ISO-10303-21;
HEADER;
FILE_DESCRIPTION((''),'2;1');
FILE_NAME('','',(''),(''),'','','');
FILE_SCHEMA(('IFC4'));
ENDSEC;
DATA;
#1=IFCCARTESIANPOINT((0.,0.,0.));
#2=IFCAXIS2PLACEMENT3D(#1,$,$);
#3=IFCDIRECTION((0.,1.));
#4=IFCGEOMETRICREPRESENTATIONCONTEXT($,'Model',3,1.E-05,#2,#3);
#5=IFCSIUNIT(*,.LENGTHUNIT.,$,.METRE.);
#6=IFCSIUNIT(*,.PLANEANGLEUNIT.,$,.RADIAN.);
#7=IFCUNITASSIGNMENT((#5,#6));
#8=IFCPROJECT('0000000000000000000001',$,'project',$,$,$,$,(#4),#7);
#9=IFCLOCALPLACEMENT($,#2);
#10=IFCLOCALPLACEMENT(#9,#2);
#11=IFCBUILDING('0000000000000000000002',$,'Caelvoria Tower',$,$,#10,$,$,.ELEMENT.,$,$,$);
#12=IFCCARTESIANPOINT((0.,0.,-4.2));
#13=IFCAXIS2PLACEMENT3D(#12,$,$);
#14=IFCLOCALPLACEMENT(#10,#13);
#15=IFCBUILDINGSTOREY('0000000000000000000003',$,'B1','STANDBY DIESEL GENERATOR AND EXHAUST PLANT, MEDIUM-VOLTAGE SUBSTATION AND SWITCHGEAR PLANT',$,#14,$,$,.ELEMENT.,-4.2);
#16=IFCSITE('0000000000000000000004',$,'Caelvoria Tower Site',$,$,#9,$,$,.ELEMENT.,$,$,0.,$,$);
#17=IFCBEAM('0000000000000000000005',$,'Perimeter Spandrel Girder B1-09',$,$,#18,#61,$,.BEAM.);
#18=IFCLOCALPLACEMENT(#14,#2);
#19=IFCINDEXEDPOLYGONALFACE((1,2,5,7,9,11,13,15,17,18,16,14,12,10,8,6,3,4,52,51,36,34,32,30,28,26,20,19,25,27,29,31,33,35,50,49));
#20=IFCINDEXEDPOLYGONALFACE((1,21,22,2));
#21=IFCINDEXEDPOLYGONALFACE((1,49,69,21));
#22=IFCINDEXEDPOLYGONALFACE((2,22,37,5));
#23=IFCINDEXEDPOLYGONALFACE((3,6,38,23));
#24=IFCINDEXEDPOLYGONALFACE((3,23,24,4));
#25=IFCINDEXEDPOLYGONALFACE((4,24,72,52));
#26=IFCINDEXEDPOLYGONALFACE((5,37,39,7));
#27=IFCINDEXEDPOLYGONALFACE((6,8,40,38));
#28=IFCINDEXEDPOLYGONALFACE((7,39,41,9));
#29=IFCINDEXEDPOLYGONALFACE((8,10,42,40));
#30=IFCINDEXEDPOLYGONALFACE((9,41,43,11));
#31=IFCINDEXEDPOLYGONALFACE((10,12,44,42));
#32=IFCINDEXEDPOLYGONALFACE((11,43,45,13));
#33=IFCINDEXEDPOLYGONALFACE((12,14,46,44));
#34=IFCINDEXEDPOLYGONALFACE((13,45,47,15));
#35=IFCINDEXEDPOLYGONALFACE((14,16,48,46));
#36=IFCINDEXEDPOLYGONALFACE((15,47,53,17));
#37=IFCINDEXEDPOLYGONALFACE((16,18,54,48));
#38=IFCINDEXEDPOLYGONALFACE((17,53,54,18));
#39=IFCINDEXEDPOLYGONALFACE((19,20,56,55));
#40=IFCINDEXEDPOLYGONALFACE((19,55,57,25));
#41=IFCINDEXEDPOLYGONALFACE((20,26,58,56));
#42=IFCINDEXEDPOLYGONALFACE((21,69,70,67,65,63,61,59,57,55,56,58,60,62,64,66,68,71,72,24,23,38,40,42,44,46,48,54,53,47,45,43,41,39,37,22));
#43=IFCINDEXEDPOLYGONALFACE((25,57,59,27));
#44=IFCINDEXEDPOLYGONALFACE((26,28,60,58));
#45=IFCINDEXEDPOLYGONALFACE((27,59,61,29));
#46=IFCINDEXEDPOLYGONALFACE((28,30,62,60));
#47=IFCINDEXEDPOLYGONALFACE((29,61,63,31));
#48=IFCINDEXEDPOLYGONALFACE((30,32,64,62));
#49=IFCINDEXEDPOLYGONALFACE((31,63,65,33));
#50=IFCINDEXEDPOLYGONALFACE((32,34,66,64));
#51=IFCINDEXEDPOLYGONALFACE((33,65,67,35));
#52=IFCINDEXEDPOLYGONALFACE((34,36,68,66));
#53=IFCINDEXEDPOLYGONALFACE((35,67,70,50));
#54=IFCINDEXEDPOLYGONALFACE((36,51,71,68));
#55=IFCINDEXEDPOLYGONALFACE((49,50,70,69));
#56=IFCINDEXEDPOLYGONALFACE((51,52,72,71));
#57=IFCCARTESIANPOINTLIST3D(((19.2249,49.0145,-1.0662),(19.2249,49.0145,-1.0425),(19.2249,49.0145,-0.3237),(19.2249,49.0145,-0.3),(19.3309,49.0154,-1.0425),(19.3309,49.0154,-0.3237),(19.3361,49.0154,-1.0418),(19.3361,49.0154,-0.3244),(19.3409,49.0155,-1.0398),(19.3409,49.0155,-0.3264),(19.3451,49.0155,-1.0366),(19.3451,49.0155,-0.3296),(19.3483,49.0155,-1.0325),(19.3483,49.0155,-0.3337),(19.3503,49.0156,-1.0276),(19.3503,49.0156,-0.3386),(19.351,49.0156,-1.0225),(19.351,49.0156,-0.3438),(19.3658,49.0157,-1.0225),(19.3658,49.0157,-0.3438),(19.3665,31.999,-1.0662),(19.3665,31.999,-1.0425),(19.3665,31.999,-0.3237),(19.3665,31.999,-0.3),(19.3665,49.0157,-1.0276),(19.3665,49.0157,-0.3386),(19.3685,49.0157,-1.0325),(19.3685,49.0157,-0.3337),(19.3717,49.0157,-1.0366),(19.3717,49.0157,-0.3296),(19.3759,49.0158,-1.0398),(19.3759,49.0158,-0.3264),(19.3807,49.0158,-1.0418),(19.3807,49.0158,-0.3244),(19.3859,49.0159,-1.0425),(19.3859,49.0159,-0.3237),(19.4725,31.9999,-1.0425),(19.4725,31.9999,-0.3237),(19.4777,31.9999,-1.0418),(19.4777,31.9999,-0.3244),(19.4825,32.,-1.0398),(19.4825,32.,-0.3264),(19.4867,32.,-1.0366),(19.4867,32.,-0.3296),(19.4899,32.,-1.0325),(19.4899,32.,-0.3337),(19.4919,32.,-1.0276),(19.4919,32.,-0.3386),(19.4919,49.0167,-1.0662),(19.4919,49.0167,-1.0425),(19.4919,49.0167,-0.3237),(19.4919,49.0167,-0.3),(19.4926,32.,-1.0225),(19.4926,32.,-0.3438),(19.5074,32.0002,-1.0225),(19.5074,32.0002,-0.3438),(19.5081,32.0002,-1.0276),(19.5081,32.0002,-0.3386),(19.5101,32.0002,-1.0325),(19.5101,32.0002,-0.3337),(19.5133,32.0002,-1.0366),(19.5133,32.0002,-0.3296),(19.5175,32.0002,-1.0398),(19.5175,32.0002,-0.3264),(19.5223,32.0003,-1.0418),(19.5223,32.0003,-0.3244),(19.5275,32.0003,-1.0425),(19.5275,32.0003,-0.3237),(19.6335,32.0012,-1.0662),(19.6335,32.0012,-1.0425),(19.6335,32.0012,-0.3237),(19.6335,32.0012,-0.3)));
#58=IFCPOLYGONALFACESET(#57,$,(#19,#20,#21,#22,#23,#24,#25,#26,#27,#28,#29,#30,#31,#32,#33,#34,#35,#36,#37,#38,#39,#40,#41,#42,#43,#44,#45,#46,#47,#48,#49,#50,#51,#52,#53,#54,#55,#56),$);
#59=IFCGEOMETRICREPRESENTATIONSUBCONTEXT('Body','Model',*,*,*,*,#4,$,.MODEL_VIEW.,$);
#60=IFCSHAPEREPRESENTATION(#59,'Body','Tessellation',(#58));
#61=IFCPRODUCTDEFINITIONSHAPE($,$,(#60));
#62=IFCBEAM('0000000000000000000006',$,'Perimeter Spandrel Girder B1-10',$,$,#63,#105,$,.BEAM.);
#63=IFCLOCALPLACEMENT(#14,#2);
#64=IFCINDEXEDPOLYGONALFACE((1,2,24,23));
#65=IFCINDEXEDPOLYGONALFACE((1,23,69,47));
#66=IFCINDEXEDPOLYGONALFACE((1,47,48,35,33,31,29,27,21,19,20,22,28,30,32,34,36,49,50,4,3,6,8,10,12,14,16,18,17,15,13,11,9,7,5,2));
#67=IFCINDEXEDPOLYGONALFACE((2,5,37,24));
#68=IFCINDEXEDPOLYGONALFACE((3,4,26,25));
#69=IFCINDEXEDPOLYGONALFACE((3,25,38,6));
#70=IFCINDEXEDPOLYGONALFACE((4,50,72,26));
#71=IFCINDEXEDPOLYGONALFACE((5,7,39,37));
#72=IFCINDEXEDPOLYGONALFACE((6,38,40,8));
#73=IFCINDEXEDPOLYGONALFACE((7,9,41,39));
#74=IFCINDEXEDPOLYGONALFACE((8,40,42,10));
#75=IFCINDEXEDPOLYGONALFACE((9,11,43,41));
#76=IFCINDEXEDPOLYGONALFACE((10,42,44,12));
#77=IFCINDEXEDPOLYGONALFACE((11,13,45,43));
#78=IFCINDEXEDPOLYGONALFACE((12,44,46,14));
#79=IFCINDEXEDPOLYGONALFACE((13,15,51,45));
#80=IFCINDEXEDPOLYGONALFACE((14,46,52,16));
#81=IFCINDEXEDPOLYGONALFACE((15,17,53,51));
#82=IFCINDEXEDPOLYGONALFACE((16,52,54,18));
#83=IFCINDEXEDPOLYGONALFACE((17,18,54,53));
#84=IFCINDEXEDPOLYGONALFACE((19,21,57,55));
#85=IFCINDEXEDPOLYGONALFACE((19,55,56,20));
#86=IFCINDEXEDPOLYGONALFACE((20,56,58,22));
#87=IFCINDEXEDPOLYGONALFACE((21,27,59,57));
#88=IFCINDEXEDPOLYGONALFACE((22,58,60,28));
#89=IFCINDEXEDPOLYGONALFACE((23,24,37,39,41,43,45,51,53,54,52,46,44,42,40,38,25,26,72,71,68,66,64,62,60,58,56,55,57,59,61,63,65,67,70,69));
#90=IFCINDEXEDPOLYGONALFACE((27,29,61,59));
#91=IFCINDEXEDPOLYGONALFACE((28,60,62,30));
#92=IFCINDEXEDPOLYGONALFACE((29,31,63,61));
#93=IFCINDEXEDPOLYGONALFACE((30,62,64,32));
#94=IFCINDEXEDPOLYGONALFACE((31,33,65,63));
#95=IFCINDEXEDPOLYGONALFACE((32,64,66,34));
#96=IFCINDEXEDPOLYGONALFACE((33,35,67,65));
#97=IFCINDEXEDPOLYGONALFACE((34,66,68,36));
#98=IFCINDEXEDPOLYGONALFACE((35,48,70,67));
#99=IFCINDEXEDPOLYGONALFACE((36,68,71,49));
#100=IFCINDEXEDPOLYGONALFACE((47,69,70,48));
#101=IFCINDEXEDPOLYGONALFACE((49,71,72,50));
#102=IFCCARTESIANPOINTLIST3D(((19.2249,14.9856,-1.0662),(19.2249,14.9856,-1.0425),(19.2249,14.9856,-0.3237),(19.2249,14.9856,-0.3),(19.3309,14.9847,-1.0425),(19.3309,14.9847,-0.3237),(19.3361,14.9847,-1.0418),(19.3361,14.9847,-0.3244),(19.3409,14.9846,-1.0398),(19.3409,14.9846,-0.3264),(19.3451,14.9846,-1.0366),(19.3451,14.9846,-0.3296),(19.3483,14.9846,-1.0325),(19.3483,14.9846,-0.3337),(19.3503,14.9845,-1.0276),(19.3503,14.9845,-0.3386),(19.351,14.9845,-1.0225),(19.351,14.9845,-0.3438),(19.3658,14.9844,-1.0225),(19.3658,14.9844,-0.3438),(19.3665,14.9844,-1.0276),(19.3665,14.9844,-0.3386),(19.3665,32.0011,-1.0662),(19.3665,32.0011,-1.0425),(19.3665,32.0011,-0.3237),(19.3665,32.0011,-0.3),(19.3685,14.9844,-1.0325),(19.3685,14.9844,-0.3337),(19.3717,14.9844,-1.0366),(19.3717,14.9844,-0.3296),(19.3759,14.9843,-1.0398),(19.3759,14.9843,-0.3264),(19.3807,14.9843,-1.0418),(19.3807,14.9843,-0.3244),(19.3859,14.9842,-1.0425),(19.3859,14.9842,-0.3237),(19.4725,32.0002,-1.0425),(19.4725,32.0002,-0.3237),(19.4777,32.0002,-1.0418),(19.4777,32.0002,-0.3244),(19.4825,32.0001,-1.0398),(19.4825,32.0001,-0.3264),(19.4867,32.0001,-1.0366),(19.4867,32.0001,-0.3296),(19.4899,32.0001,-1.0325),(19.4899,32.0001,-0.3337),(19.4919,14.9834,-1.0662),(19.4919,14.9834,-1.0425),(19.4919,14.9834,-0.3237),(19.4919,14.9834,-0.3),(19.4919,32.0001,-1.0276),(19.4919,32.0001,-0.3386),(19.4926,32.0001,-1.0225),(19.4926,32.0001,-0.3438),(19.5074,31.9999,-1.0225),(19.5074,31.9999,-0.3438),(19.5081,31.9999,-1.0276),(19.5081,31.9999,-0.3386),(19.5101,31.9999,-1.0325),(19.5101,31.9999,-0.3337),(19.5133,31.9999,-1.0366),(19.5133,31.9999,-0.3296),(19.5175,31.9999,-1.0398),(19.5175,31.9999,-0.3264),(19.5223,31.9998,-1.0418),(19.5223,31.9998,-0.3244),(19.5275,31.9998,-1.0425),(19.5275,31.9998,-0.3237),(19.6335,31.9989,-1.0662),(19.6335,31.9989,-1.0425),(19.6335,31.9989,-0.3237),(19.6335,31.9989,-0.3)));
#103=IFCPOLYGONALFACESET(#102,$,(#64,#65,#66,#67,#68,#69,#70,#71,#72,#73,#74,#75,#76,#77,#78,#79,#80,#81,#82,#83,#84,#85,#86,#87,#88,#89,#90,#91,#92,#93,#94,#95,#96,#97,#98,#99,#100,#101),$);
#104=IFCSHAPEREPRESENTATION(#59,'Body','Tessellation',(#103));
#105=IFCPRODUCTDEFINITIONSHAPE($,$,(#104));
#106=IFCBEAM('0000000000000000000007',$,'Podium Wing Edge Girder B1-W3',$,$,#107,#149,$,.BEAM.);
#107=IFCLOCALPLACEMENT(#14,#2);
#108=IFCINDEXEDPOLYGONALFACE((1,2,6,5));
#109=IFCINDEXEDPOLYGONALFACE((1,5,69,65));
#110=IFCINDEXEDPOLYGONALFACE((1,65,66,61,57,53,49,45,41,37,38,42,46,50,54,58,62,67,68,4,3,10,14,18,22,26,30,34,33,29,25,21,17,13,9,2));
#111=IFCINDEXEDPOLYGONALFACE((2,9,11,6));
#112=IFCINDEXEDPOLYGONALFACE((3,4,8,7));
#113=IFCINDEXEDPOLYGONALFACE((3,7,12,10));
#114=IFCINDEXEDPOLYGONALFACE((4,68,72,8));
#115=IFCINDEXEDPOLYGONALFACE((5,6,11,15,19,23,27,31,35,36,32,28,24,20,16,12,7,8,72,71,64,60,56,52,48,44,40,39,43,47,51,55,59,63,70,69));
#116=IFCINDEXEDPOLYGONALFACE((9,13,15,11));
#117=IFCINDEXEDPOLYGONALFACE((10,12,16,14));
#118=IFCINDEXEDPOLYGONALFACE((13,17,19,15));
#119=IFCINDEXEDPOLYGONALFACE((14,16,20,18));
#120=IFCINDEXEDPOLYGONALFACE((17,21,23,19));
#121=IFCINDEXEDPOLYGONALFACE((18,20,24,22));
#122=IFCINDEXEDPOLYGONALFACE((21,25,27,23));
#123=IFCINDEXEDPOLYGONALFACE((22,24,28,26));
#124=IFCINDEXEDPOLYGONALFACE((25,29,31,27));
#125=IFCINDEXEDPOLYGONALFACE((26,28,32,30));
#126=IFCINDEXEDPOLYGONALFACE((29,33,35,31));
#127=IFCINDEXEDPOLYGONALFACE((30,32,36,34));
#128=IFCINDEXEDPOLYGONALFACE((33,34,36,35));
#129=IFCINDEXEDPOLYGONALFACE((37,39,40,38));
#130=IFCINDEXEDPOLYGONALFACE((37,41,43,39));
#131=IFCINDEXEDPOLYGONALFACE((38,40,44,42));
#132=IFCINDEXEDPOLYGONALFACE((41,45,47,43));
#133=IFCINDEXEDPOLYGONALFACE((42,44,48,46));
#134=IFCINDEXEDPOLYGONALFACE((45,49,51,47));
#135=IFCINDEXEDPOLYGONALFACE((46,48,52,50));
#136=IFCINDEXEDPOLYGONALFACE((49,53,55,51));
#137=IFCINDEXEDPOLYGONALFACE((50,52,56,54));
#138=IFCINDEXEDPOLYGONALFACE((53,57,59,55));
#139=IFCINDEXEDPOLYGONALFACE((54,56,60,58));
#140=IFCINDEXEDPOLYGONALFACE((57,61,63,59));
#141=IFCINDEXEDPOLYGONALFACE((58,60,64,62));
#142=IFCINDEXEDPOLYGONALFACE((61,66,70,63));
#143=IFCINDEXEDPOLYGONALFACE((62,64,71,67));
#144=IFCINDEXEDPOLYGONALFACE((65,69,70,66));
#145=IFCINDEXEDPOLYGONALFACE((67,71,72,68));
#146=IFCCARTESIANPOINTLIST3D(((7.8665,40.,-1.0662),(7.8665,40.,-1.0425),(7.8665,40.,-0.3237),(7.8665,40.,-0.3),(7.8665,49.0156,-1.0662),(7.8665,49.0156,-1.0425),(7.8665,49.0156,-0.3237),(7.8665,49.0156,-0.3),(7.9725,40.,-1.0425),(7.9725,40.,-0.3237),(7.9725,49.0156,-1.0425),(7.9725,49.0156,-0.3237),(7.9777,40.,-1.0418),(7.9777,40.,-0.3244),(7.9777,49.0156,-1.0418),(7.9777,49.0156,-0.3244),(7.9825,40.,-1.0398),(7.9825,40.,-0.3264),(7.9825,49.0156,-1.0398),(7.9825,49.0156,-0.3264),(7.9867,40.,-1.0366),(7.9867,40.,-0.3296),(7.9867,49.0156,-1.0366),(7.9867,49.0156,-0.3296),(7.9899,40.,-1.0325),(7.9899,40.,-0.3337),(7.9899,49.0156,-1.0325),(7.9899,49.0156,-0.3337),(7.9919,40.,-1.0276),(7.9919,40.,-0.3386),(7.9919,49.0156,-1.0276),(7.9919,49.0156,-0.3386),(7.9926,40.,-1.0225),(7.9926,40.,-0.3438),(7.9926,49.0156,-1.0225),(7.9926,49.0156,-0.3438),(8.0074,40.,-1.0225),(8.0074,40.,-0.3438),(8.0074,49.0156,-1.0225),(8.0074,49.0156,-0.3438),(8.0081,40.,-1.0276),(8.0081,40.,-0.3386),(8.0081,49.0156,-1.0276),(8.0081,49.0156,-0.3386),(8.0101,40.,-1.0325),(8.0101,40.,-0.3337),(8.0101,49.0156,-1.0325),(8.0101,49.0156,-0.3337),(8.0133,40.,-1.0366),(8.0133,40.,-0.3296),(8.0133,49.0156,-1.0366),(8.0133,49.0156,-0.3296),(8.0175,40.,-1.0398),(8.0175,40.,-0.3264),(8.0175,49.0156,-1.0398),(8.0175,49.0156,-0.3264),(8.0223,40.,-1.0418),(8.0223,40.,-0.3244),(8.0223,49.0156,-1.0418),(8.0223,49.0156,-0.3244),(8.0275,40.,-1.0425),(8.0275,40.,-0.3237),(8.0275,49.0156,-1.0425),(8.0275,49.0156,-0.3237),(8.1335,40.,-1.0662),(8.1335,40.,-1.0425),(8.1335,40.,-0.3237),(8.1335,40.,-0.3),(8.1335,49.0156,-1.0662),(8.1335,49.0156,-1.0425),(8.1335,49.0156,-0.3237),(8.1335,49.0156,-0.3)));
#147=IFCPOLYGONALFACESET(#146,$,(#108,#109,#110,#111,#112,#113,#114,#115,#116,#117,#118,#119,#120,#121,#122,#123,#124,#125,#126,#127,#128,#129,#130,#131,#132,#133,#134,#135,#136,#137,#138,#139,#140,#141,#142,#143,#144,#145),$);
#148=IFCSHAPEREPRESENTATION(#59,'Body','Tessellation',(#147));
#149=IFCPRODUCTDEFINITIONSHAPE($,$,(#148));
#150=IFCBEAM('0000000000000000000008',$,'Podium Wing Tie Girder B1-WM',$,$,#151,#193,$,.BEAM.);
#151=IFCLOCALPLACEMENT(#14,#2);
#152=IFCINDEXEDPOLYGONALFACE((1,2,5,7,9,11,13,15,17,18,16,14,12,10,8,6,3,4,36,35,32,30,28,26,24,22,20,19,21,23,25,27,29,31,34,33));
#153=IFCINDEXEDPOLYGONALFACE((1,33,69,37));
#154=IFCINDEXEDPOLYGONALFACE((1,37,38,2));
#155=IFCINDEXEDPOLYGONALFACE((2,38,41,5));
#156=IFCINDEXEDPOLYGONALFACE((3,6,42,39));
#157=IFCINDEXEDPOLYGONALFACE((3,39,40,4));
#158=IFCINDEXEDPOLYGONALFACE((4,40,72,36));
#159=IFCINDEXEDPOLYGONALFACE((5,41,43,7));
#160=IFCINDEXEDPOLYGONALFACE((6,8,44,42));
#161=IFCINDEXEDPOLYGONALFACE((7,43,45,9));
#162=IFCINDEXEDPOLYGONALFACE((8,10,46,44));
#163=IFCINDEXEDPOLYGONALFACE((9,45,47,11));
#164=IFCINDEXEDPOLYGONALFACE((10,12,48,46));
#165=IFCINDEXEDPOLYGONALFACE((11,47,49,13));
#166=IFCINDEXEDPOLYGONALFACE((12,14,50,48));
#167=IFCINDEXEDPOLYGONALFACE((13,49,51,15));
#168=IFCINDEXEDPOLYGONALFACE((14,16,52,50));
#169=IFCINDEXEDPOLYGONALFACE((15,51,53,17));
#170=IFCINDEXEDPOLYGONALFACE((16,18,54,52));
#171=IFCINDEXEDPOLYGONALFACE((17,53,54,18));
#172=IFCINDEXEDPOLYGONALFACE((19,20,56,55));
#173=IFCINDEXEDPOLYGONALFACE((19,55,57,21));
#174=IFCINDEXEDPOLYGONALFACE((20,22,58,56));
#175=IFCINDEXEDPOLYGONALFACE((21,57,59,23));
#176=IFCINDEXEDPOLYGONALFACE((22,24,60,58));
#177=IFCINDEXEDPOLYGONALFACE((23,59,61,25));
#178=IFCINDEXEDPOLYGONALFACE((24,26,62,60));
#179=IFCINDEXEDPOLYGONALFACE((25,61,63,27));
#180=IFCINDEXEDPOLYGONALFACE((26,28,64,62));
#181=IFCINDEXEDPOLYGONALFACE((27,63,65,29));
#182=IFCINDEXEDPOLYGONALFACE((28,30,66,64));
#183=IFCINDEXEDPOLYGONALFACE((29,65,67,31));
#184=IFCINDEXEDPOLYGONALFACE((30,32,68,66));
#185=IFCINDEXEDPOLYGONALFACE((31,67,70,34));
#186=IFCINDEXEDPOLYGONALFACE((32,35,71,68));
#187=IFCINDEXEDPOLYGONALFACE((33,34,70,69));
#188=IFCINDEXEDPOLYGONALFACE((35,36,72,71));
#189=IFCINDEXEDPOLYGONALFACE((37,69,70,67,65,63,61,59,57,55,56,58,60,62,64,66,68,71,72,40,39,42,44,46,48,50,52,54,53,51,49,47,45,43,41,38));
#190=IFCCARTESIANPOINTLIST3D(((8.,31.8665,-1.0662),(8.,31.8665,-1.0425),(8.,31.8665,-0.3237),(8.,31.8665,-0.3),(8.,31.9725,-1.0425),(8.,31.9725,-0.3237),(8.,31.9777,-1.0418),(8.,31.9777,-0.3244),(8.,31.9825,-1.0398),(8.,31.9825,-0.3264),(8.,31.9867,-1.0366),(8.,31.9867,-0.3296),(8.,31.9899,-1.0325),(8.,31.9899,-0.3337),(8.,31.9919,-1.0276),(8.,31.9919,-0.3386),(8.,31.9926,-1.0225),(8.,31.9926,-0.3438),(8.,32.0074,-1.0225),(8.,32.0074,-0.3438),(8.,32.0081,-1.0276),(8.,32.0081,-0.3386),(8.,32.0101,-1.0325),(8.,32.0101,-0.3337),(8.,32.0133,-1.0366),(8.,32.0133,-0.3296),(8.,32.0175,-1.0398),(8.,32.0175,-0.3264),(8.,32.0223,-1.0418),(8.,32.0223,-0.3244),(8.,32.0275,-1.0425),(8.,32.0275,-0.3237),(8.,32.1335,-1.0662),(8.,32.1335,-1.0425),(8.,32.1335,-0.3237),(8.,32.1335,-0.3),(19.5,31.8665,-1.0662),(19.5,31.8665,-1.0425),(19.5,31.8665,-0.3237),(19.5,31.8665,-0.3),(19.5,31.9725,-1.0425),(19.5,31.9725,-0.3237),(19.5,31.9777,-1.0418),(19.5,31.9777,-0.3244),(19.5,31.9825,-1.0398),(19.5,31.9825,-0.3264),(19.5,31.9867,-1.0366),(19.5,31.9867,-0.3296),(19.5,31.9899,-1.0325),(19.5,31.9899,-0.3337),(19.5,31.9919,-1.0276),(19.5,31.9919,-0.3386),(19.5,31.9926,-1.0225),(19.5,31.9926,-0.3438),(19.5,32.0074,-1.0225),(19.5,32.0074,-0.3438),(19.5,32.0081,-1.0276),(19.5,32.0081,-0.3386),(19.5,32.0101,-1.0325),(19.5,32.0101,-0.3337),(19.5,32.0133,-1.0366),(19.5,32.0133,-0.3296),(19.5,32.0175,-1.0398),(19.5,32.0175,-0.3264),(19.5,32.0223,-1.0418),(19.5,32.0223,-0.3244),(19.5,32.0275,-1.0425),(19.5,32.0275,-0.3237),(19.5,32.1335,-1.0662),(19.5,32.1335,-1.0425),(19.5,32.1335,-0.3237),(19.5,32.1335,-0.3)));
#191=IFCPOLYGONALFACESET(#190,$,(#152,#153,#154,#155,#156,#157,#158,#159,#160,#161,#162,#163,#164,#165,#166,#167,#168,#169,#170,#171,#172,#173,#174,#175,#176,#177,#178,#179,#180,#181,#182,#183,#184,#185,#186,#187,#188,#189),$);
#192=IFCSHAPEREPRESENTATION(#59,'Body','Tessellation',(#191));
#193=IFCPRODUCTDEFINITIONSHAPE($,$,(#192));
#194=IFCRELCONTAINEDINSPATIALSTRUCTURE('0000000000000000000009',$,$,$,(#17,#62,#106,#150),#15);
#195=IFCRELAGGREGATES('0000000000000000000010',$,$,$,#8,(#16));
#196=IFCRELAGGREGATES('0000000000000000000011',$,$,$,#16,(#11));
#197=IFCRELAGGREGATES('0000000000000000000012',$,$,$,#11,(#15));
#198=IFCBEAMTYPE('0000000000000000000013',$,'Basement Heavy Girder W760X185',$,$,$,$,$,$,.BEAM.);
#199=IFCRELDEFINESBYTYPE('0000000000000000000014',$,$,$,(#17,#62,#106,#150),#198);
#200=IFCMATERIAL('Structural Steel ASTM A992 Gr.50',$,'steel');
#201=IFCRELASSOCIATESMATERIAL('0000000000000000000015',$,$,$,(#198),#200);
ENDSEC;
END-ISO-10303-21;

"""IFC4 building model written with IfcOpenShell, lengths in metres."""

from ifc_helpers import new_model, si_unit, direction, frame, origin, origin_2d, place, context, subcontext, project, spatial, i_section, extrude, material, material_profile, profile_set, type_object, element, save


model = new_model("IFC4")

# Units and contexts
model_context = context("Model", 3, precision=1e-05, world=origin(), true_north=direction((0.0, 1.0)))
body_context = subcontext(model_context, "Body", "Model", "MODEL_VIEW")
ifc_project = project(units=[si_unit("LENGTHUNIT", "METRE"), si_unit("PLANEANGLEUNIT", "RADIAN")], contexts=[model_context])

# Site, building, storey
site_placement = place(None, origin())
site = spatial("IfcSite", under=ifc_project, at=site_placement, Name="Caelvoria Tower Site", CompositionType="ELEMENT", RefElevation=0.0)
building_placement = place(site_placement, origin())
building = spatial("IfcBuilding", under=site, at=building_placement, Name="Caelvoria Tower", CompositionType="ELEMENT")
storey_placement = place(building_placement, frame((0.0, 0.0, -4.2)))
storey = spatial("IfcBuildingStorey", under=building, at=storey_placement, Name="B1", Description="STANDBY DIESEL GENERATOR AND EXHAUST PLANT, MEDIUM-VOLTAGE SUBSTATION AND SWITCHGEAR PLANT", CompositionType="ELEMENT", Elevation=-4.2)

# Beams
ifc_material_1 = material(Name="Structural Steel ASTM A992 Gr.50", Category="steel")
ifc_material_profile_1 = material_profile(ifc_material_1, i_section(OverallWidth=0.2671, OverallDepth=0.7661, WebThickness=0.0149, FlangeThickness=0.0237, FilletRadius=0.02, at=origin_2d()), Name="Structural Steel ASTM A992 Gr.50")
ifc_profile_set_1 = profile_set([ifc_material_profile_1], Name="W760X185 - Structural Steel ASTM A992 Gr.50")
beam_type_1 = type_object("IfcBeamType", Name="Basement Heavy Girder W760X185", PredefinedType="BEAM", material=ifc_profile_set_1)
for number, where, z_axis, x_axis, name in (
    (1, (19.3584, 49.0156, -0.6831), (0.008322, -0.999965, 0.0), (0.999965, 0.008322, 0.0), "Perimeter Spandrel Girder B1-09"),
    (2, (19.5, 32.0, -0.6831), (-0.008322, -0.999965, 0.0), (0.999965, -0.008322, 0.0), "Perimeter Spandrel Girder B1-10"),
):
    element("IfcBeam", number, at=place(storey_placement, frame(where, z_axis=z_axis, x_axis=x_axis)), inside=storey, type_object=beam_type_1, Name=name, PredefinedType="BEAM", context=body_context, shape_type="SweptSolid", body=[
        extrude(i_section(OverallWidth=0.2671, OverallDepth=0.7661, WebThickness=0.0149, FlangeThickness=0.0237, FilletRadius=0.02, at=origin_2d()), origin(), (0.0, 0.0, 1.0), 17.0161),
    ])
beam_1_placement = place(storey_placement, frame((8.0, 40.0, -0.6831), z_axis=(0.0, 1.0, 0.0), x_axis=(-1.0, 0.0, 0.0)))
element("IfcBeam", 3, at=beam_1_placement, inside=storey, type_object=beam_type_1, Name="Podium Wing Edge Girder B1-W3", PredefinedType="BEAM", context=body_context, shape_type="SweptSolid", body=[
    extrude(i_section(OverallWidth=0.2671, OverallDepth=0.7661, WebThickness=0.0149, FlangeThickness=0.0237, FilletRadius=0.02, at=origin_2d()), origin(), (0.0, 0.0, 1.0), 9.0156),
])
beam_2_placement = place(storey_placement, frame((8.0, 32.0, -0.6831), z_axis=(1.0, 0.0, 0.0), x_axis=(0.0, 1.0, 0.0)))
element("IfcBeam", 4, at=beam_2_placement, inside=storey, type_object=beam_type_1, Name="Podium Wing Tie Girder B1-WM", PredefinedType="BEAM", context=body_context, shape_type="SweptSolid", body=[
    extrude(i_section(OverallWidth=0.2671, OverallDepth=0.7661, WebThickness=0.0149, FlangeThickness=0.0237, FilletRadius=0.02, at=origin_2d()), origin(), (0.0, 0.0, 1.0), 11.5),
])

save(model, "model.ifc")
